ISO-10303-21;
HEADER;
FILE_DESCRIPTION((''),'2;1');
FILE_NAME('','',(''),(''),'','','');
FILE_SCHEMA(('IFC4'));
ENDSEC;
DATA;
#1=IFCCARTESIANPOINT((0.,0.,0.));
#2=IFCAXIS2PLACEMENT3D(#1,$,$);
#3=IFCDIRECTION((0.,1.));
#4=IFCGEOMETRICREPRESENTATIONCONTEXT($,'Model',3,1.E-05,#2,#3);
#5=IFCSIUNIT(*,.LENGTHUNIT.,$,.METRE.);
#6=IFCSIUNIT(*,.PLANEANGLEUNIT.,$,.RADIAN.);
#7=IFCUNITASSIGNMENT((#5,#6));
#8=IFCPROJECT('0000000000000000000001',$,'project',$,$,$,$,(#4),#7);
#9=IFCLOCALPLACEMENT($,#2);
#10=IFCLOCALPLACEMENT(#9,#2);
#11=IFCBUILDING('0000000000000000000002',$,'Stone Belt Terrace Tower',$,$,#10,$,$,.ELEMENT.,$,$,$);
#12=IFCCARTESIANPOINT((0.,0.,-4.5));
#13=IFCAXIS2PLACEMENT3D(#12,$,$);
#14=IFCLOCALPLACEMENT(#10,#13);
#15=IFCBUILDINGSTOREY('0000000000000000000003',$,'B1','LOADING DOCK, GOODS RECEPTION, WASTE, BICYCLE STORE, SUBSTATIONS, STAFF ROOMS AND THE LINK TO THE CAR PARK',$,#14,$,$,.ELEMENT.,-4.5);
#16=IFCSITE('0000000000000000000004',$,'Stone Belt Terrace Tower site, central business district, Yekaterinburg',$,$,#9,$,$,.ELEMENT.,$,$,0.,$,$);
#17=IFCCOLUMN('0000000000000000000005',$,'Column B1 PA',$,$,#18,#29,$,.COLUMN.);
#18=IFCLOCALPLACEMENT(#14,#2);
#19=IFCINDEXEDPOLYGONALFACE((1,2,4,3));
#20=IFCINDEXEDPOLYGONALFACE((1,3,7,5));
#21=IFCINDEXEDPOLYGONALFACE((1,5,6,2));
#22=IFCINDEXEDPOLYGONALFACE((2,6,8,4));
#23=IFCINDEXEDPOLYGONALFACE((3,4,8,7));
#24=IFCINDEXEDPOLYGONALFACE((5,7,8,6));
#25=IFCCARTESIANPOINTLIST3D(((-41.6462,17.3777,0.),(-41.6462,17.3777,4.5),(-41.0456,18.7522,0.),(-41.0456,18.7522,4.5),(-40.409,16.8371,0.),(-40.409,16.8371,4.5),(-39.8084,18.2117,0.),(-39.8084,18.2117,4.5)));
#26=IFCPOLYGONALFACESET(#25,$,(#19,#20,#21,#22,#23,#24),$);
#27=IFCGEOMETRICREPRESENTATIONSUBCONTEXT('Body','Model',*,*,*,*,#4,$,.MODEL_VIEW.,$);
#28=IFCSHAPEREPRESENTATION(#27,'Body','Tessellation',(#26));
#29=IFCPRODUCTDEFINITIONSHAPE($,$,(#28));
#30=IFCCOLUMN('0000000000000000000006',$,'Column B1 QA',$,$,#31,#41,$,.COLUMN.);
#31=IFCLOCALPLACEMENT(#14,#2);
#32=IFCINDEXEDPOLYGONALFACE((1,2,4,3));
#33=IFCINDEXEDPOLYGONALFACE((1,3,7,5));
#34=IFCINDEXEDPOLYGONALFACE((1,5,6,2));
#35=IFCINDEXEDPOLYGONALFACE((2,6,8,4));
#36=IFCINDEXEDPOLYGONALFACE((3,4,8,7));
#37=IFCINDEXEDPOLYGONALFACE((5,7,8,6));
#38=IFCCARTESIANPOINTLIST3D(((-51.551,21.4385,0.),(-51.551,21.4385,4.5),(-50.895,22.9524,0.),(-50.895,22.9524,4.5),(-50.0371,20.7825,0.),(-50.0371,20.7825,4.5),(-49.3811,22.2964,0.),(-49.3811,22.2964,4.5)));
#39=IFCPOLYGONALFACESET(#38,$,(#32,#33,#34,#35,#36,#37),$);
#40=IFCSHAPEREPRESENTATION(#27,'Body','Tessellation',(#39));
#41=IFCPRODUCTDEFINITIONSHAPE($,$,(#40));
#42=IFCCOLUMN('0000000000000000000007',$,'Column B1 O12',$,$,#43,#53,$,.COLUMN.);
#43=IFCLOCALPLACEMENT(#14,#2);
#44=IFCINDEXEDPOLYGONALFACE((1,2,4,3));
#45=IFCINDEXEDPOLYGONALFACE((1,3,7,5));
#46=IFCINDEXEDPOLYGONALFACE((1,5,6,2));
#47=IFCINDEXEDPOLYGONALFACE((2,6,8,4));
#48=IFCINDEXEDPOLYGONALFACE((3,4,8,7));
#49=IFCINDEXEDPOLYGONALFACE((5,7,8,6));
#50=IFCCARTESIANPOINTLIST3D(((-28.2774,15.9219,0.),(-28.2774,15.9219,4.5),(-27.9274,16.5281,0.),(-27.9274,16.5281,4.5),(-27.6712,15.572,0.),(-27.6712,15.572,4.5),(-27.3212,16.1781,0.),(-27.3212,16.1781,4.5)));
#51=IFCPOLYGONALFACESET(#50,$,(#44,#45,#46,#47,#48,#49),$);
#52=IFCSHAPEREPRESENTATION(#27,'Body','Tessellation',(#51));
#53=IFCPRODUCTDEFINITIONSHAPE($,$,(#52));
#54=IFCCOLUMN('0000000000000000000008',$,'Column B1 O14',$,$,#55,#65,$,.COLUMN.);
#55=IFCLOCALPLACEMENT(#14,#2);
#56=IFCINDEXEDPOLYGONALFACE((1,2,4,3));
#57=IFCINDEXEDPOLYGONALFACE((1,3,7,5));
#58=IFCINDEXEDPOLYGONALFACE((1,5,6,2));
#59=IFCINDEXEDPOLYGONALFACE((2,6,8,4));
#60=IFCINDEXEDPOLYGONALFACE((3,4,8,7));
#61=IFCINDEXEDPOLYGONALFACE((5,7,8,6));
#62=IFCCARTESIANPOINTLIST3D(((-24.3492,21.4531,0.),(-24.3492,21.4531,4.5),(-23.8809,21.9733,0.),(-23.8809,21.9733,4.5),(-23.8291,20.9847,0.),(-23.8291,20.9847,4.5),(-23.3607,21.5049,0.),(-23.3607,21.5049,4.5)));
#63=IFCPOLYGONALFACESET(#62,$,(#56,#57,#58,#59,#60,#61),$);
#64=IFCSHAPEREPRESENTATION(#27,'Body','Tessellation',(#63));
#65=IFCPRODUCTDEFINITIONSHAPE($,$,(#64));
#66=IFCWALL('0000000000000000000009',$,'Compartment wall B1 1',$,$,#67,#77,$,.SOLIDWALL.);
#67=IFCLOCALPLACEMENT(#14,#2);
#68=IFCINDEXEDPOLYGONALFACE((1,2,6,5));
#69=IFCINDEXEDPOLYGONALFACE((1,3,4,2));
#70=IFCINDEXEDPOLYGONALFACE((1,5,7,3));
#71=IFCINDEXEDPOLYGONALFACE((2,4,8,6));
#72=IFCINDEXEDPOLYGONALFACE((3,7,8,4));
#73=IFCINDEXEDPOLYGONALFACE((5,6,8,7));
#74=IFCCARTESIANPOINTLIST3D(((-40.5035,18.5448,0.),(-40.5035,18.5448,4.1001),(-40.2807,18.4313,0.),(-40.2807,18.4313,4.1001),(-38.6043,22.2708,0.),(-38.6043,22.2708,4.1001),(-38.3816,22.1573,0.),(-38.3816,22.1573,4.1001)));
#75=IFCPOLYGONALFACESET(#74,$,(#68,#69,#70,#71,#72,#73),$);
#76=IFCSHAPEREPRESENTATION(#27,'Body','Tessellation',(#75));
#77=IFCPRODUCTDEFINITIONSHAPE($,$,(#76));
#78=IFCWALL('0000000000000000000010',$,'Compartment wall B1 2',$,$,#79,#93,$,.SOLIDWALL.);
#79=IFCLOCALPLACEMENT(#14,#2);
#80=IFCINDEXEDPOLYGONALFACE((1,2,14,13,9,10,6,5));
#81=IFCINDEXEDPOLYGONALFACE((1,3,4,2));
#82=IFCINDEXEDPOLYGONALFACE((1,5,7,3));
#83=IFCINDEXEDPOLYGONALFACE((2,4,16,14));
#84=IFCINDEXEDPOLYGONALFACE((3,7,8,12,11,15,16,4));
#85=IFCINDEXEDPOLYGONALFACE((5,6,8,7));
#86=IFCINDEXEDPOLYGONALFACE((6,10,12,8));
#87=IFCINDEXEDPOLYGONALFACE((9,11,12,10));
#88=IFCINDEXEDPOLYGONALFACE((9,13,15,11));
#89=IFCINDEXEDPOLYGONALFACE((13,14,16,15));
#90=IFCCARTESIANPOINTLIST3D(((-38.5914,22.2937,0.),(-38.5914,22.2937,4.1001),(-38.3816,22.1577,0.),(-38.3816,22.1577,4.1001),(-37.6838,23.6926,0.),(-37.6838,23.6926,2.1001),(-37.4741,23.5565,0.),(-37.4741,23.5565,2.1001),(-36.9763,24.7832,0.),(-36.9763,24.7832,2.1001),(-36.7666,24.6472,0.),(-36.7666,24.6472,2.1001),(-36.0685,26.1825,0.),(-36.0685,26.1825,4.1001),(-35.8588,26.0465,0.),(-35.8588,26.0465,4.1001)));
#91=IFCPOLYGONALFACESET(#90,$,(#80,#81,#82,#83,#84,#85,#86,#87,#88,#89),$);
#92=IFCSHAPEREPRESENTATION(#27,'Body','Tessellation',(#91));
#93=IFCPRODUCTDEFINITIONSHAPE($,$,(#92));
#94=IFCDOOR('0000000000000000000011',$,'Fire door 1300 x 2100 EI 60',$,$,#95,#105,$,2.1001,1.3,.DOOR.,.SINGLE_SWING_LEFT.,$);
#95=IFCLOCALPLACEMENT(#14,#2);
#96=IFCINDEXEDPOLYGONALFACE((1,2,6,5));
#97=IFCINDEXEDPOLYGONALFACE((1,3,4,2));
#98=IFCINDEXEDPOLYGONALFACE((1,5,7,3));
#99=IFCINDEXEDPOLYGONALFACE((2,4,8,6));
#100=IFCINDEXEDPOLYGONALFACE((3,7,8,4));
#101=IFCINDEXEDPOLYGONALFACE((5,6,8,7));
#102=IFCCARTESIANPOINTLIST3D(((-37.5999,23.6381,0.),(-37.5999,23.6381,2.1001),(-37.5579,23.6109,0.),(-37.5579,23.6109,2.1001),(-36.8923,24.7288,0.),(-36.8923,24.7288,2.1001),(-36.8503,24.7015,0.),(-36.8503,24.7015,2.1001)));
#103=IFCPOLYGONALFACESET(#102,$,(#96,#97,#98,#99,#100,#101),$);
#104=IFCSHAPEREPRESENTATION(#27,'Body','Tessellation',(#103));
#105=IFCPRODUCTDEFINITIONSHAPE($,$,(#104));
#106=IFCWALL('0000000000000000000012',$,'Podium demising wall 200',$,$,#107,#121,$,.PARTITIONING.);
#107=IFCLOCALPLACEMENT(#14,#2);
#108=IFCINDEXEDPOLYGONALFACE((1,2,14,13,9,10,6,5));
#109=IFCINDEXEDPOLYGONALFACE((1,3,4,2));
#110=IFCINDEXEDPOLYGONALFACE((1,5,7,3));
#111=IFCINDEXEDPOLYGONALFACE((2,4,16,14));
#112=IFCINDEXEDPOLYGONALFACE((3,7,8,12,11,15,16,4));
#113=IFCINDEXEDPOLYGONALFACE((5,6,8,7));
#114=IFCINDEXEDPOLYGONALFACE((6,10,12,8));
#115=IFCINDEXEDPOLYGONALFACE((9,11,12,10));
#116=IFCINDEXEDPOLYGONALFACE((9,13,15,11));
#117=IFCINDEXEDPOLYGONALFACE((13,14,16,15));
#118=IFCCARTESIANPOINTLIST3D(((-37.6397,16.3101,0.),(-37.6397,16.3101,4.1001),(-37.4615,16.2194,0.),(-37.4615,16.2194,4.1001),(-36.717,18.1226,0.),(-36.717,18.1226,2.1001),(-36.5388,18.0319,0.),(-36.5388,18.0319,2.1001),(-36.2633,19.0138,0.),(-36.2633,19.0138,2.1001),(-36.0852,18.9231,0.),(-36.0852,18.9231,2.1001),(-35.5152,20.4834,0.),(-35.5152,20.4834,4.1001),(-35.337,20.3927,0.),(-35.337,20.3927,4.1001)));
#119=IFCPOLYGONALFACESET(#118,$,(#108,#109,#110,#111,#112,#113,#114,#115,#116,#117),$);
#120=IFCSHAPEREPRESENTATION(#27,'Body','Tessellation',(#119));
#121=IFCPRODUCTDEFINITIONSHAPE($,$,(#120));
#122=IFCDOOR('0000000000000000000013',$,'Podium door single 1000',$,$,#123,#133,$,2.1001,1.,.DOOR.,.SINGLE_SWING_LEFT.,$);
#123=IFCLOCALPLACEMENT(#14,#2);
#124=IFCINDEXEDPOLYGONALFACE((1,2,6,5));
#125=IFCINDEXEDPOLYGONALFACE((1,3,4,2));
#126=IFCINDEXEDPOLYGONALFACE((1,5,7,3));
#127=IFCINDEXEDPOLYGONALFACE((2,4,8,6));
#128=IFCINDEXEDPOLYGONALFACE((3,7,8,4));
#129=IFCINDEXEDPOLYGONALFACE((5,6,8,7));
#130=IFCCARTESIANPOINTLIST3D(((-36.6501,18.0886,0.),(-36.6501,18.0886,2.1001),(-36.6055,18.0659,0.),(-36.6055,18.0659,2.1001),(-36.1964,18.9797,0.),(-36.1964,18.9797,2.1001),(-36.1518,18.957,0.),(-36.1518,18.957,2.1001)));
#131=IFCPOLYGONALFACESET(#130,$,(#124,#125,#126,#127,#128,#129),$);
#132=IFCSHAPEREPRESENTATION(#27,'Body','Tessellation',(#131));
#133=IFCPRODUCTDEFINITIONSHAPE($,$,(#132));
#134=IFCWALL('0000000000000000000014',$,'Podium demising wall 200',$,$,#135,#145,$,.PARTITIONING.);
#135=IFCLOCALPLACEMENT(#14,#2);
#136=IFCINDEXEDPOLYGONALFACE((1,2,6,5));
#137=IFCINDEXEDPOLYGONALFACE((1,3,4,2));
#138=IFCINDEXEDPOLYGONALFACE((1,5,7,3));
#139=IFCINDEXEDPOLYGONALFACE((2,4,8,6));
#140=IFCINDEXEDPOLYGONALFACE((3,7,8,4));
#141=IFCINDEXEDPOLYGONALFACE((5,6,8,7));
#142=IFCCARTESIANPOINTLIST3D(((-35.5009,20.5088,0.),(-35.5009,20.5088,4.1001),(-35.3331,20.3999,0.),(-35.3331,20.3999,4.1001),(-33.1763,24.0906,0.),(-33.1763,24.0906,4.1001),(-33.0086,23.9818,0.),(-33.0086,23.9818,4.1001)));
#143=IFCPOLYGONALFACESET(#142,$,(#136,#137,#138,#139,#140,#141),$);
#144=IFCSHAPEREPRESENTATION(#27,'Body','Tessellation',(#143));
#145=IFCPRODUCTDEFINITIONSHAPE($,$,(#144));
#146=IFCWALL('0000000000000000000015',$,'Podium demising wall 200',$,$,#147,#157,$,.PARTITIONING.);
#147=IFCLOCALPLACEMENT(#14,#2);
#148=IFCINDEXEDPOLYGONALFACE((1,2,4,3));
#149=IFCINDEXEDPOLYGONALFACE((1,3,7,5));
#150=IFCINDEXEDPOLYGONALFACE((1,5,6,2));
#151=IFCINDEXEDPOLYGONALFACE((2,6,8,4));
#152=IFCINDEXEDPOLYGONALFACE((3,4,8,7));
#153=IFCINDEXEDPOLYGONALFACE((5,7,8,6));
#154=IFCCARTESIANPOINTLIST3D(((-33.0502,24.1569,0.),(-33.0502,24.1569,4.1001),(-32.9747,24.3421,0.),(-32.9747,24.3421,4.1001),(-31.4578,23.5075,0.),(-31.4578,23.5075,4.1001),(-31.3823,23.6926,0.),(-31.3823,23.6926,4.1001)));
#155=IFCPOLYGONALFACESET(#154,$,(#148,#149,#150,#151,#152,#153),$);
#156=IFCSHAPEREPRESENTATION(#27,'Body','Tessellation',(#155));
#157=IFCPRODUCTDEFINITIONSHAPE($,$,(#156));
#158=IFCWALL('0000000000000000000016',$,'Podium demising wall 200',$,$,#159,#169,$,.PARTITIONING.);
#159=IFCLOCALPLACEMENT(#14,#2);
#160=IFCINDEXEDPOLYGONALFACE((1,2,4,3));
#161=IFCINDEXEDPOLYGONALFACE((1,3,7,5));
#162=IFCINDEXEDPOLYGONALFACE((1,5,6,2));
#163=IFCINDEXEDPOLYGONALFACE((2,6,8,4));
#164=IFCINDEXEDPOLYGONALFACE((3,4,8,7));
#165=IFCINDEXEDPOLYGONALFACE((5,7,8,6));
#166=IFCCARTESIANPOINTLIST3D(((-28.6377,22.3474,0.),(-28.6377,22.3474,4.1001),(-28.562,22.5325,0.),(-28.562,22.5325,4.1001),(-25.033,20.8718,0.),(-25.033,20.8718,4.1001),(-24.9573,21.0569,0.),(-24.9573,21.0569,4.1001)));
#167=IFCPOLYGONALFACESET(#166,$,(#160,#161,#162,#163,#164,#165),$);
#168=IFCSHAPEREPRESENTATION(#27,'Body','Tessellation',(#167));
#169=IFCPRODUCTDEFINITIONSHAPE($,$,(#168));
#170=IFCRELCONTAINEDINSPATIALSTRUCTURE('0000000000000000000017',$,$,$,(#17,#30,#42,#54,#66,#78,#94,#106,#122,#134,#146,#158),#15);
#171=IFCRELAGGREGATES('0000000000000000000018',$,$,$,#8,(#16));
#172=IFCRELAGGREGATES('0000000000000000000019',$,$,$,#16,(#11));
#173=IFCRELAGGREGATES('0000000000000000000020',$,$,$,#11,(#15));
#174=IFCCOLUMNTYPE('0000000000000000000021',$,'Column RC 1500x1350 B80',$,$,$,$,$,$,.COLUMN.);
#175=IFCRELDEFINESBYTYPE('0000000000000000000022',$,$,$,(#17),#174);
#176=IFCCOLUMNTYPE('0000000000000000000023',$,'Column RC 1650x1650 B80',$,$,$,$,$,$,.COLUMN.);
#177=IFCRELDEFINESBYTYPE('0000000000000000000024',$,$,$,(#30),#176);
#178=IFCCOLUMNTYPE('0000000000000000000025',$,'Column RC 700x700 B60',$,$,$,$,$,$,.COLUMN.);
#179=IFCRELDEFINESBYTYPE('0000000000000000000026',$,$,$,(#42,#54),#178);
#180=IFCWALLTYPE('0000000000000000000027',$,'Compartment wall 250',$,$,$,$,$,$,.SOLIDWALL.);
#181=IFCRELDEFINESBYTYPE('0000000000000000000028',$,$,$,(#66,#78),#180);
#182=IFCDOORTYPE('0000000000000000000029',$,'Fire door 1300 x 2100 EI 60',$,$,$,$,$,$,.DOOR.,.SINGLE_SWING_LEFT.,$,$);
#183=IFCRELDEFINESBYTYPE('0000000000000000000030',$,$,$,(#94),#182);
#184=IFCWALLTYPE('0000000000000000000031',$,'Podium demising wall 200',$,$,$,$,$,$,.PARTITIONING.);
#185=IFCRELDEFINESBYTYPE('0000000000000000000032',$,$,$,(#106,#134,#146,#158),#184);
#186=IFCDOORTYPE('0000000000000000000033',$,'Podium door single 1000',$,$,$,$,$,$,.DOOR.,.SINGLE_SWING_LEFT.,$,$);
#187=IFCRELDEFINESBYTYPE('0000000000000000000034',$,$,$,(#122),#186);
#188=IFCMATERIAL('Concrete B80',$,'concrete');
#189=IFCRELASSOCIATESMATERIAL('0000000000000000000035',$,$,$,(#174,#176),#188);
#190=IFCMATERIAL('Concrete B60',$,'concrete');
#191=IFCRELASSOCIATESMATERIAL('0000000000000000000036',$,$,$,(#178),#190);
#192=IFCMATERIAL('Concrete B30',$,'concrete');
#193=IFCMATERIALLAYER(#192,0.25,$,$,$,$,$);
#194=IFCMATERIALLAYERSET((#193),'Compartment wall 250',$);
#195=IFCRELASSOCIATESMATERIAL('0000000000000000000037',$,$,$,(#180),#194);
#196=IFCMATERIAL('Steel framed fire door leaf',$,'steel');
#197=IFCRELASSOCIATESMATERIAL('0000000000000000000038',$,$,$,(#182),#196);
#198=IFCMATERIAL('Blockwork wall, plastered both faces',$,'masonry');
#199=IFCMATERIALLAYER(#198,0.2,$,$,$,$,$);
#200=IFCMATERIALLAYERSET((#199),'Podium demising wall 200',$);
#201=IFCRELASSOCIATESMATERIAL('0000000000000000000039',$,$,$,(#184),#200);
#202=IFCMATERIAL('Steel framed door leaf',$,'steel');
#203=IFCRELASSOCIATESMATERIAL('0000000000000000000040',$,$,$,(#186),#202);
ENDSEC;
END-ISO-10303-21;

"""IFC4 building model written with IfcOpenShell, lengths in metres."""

from ifc_helpers import new_model, si_unit, direction, frame, frame_2d, origin, origin_2d, place, context, subcontext, project, spatial, rectangle, extrude, material, layer, layer_set, material_profile, profile_set, type_object, element, fill, save


model = new_model("IFC4")

# Units and contexts
model_context = context("Model", 3, precision=1e-05, world=origin(), true_north=direction((0.0, 1.0)))
body_context = subcontext(model_context, "Body", "Model", "MODEL_VIEW")
ifc_project = project(units=[si_unit("LENGTHUNIT", "METRE"), si_unit("PLANEANGLEUNIT", "RADIAN")], contexts=[model_context])

# Site, building, storey
site_placement = place(None, origin())
site = spatial("IfcSite", under=ifc_project, at=site_placement, Name="Stone Belt Terrace Tower site, central business district, Yekaterinburg", CompositionType="ELEMENT", RefElevation=0.0)
building_placement = place(site_placement, origin())
building = spatial("IfcBuilding", under=site, at=building_placement, Name="Stone Belt Terrace Tower", CompositionType="ELEMENT")
storey_placement = place(building_placement, frame((0.0, 0.0, -4.5)))
storey = spatial("IfcBuildingStorey", under=building, at=storey_placement, Name="B1", Description="LOADING DOCK, GOODS RECEPTION, WASTE, BICYCLE STORE, SUBSTATIONS, STAFF ROOMS AND THE LINK TO THE CAR PARK", CompositionType="ELEMENT", Elevation=-4.5)

# Columns
ifc_material_1 = material(Name="Concrete B80", Category="concrete")
ifc_material_profile_1 = material_profile(ifc_material_1, rectangle(XDim=1.5, YDim=1.3501, at=origin_2d()), Name="RC 1500x1350")
ifc_profile_set_1 = profile_set([ifc_material_profile_1], Name="Concrete B80")
column_type_1 = type_object("IfcColumnType", Name="Column RC 1500x1350 B80", PredefinedType="COLUMN", material=ifc_profile_set_1)
column_1_placement = place(storey_placement, frame((-40.7273, 17.7947, 0.0), z_axis=(0.0, 0.0, 1.0), x_axis=(0.400376, 0.916351, 0.0)))
element("IfcColumn", 1, at=column_1_placement, inside=storey, type_object=column_type_1, Name="Column B1 PA", PredefinedType="COLUMN", context=body_context, shape_type="SweptSolid", body=[
    extrude(rectangle(XDim=1.5, YDim=1.3501, at=origin_2d()), origin(), (0.0, 0.0, 1.0), 4.5),
])
ifc_material_profile_2 = material_profile(ifc_material_1, rectangle(XDim=1.6499, YDim=1.6499, at=origin_2d()), Name="RC 1650x1650")
ifc_profile_set_2 = profile_set([ifc_material_profile_2], Name="Concrete B80")
column_type_2 = type_object("IfcColumnType", Name="Column RC 1650x1650 B80", PredefinedType="COLUMN", material=ifc_profile_set_2)
column_2_placement = place(storey_placement, frame((-50.4661, 21.8674, 0.0), z_axis=(0.0, 0.0, 1.0), x_axis=(0.397588, 0.917564, 0.0)))
element("IfcColumn", 2, at=column_2_placement, inside=storey, type_object=column_type_2, Name="Column B1 QA", PredefinedType="COLUMN", context=body_context, shape_type="SweptSolid", body=[
    extrude(rectangle(XDim=1.6499, YDim=1.6499, at=origin_2d()), origin(), (0.0, 0.0, 1.0), 4.5),
])
ifc_material_2 = material(Name="Concrete B60", Category="concrete")
ifc_material_profile_3 = material_profile(ifc_material_2, rectangle(XDim=0.7, YDim=0.7, at=origin_2d()), Name="RC 700x700")
ifc_profile_set_3 = profile_set([ifc_material_profile_3], Name="Concrete B60")
column_type_3 = type_object("IfcColumnType", Name="Column RC 700x700 B60", PredefinedType="COLUMN", material=ifc_profile_set_3)
for number, where, z_axis, x_axis, name in (
    (3, (-27.7993, 16.05, 0.0), (0.0, 0.0, 1.0), (0.5, 0.866025, 0.0), "Column B1 O12"),
    (4, (-23.855, 21.479, 0.0), (0.0, 0.0, 1.0), (0.669131, 0.743145, 0.0), "Column B1 O14"),
):
    element("IfcColumn", number, at=place(storey_placement, frame(where, z_axis=z_axis, x_axis=x_axis)), inside=storey, type_object=column_type_3, Name=name, PredefinedType="COLUMN", context=body_context, shape_type="SweptSolid", body=[
        extrude(rectangle(XDim=0.7, YDim=0.7, at=origin_2d()), origin(), (0.0, 0.0, 1.0), 4.5),
    ])

# Wall
ifc_material_3 = material(Name="Concrete B30", Category="concrete")
ifc_layer_1 = layer(ifc_material_3, 0.25)
ifc_layer_set_1 = layer_set([ifc_layer_1], Name="Compartment wall 250")
wall_type_1 = type_object("IfcWallType", Name="Compartment wall 250", PredefinedType="SOLIDWALL", material=ifc_layer_set_1)
wall_1_placement = place(storey_placement, frame((-40.3921, 18.488, 0.0), z_axis=(0.0, 0.0, 1.0), x_axis=(0.454112, 0.890945, 0.0)))
element("IfcWall", 5, at=wall_1_placement, inside=storey, type_object=wall_type_1, Name="Compartment wall B1 1", PredefinedType="SOLIDWALL", context=body_context, shape_type="SweptSolid", body=[
    extrude(rectangle(XDim=4.1821, YDim=0.25, at=frame_2d((2.0911, 0.0))), origin(), (0.0, 0.0, 1.0), 4.1001),
])

# Walls, openings, doors
wall_2_placement = place(storey_placement, frame((-38.4866, 22.2256, 0.0), z_axis=(0.0, 0.0, 1.0), x_axis=(0.544253, 0.838921, 0.0)))
wall_2 = element("IfcWall", 6, at=wall_2_placement, inside=storey, type_object=wall_type_1, Name="Compartment wall B1 2", PredefinedType="SOLIDWALL", context=body_context, shape_type="SweptSolid", body=[
    extrude(rectangle(XDim=4.6355, YDim=0.25, at=frame_2d((2.3179, 0.0))), origin(), (0.0, 0.0, 1.0), 4.1001),
])
opening_1_placement = place(wall_2_placement, frame((1.6677, 0.0, 0.0)))
opening_1 = element("IfcOpeningElement", 7, at=opening_1_placement, cuts=wall_2, PredefinedType="OPENING", context=body_context, shape_type="SweptSolid", body=[
    extrude(rectangle(XDim=1.3, YDim=2.1001, at=frame_2d((0.6499, 1.05))), frame((0.0, 0.135, 0.0), z_axis=(0.0, -1.0, 0.0), x_axis=(1.0, 0.0, 0.0)), (0.0, 0.0, 1.0), 0.27),
])
ifc_material_4 = material(Name="Steel framed fire door leaf", Category="steel")
door_type_1 = type_object("IfcDoorType", Name="Fire door 1300 x 2100 EI 60", OperationType="SINGLE_SWING_LEFT", PredefinedType="DOOR", material=ifc_material_4)
door_1_placement = place(opening_1_placement, origin())
door_1 = element("IfcDoor", 8, at=door_1_placement, inside=storey, type_object=door_type_1, Name="Fire door 1300 x 2100 EI 60", OperationType="SINGLE_SWING_LEFT", OverallHeight=2.1001, OverallWidth=1.3, PredefinedType="DOOR", context=body_context, shape_type="SweptSolid", body=[
    extrude(rectangle(XDim=1.3, YDim=2.1001, at=frame_2d((0.6499, 1.05))), frame((0.0, 0.0249, 0.0), z_axis=(0.0, -1.0, 0.0), x_axis=(1.0, 0.0, 0.0)), (0.0, 0.0, 1.0), 0.05),
])
fill(opening_1, door_1)
ifc_material_5 = material(Name="Blockwork wall, plastered both faces", Category="masonry")
ifc_layer_2 = layer(ifc_material_5, 0.2)
ifc_layer_set_2 = layer_set([ifc_layer_2], Name="Podium demising wall 200")
wall_type_2 = type_object("IfcWallType", Name="Podium demising wall 200", PredefinedType="PARTITIONING", material=ifc_layer_set_2)
wall_3_placement = place(storey_placement, frame((-37.5505, 16.2649, 0.0), z_axis=(0.0, 0.0, 1.0), x_axis=(0.453666, 0.891172, 0.0)))
wall_3 = element("IfcWall", 9, at=wall_3_placement, inside=storey, type_object=wall_type_2, Name="Podium demising wall 200", PredefinedType="PARTITIONING", context=body_context, shape_type="SweptSolid", body=[
    extrude(rectangle(XDim=4.6829, YDim=0.2, at=frame_2d((2.3413, 0.0))), origin(), (0.0, 0.0, 1.0), 4.1001),
])
opening_2_placement = place(wall_3_placement, frame((2.0337, 0.0, 0.0)))
opening_2 = element("IfcOpeningElement", 10, at=opening_2_placement, cuts=wall_3, PredefinedType="OPENING", context=body_context, shape_type="SweptSolid", body=[
    extrude(rectangle(XDim=1.0, YDim=2.1001, at=frame_2d((0.5, 1.05))), frame((0.0, 0.1099, 0.0), z_axis=(0.0, -1.0, 0.0), x_axis=(1.0, 0.0, 0.0)), (0.0, 0.0, 1.0), 0.22),
])
ifc_material_6 = material(Name="Steel framed door leaf", Category="steel")
door_type_2 = type_object("IfcDoorType", Name="Podium door single 1000", OperationType="SINGLE_SWING_LEFT", PredefinedType="DOOR", material=ifc_material_6)
door_2_placement = place(opening_2_placement, origin())
door_2 = element("IfcDoor", 11, at=door_2_placement, inside=storey, type_object=door_type_2, Name="Podium door single 1000", OperationType="SINGLE_SWING_LEFT", OverallHeight=2.1001, OverallWidth=1.0, PredefinedType="DOOR", context=body_context, shape_type="SweptSolid", body=[
    extrude(rectangle(XDim=1.0, YDim=2.1001, at=frame_2d((0.5, 1.05))), frame((0.0, 0.0249, 0.0), z_axis=(0.0, -1.0, 0.0), x_axis=(1.0, 0.0, 0.0)), (0.0, 0.0, 1.0), 0.05),
])
fill(opening_2, door_2)

# Walls
wall_4_placement = place(storey_placement, frame((-35.417, 20.4543, 0.0), z_axis=(0.0, 0.0, 1.0), x_axis=(0.544379, 0.838839, 0.0)))
element("IfcWall", 12, at=wall_4_placement, inside=storey, type_object=wall_type_2, Name="Podium demising wall 200", PredefinedType="PARTITIONING", context=body_context, shape_type="SweptSolid", body=[
    extrude(rectangle(XDim=4.27, YDim=0.2, at=frame_2d((2.135, 0.0))), origin(), (0.0, 0.0, 1.0), 4.1001),
])
wall_5_placement = place(storey_placement, frame((-33.0125, 24.2495, 0.0), z_axis=(0.0, 0.0, 1.0), x_axis=(0.925949, -0.377649, 0.0)))
element("IfcWall", 13, at=wall_5_placement, inside=storey, type_object=wall_type_2, Name="Podium demising wall 200", PredefinedType="PARTITIONING", context=body_context, shape_type="SweptSolid", body=[
    extrude(rectangle(XDim=1.7197, YDim=0.2, at=frame_2d((0.8599, 0.0))), origin(), (0.0, 0.0, 1.0), 4.1001),
])
wall_6_placement = place(storey_placement, frame((-28.5999, 22.4399, 0.0), z_axis=(0.0, 0.0, 1.0), x_axis=(0.925464, -0.378835, 0.0)))
element("IfcWall", 14, at=wall_6_placement, inside=storey, type_object=wall_type_2, Name="Podium demising wall 200", PredefinedType="PARTITIONING", context=body_context, shape_type="SweptSolid", body=[
    extrude(rectangle(XDim=3.895, YDim=0.2, at=frame_2d((1.9475, 0.0))), origin(), (0.0, 0.0, 1.0), 4.1001),
])

save(model, "model.ifc")
